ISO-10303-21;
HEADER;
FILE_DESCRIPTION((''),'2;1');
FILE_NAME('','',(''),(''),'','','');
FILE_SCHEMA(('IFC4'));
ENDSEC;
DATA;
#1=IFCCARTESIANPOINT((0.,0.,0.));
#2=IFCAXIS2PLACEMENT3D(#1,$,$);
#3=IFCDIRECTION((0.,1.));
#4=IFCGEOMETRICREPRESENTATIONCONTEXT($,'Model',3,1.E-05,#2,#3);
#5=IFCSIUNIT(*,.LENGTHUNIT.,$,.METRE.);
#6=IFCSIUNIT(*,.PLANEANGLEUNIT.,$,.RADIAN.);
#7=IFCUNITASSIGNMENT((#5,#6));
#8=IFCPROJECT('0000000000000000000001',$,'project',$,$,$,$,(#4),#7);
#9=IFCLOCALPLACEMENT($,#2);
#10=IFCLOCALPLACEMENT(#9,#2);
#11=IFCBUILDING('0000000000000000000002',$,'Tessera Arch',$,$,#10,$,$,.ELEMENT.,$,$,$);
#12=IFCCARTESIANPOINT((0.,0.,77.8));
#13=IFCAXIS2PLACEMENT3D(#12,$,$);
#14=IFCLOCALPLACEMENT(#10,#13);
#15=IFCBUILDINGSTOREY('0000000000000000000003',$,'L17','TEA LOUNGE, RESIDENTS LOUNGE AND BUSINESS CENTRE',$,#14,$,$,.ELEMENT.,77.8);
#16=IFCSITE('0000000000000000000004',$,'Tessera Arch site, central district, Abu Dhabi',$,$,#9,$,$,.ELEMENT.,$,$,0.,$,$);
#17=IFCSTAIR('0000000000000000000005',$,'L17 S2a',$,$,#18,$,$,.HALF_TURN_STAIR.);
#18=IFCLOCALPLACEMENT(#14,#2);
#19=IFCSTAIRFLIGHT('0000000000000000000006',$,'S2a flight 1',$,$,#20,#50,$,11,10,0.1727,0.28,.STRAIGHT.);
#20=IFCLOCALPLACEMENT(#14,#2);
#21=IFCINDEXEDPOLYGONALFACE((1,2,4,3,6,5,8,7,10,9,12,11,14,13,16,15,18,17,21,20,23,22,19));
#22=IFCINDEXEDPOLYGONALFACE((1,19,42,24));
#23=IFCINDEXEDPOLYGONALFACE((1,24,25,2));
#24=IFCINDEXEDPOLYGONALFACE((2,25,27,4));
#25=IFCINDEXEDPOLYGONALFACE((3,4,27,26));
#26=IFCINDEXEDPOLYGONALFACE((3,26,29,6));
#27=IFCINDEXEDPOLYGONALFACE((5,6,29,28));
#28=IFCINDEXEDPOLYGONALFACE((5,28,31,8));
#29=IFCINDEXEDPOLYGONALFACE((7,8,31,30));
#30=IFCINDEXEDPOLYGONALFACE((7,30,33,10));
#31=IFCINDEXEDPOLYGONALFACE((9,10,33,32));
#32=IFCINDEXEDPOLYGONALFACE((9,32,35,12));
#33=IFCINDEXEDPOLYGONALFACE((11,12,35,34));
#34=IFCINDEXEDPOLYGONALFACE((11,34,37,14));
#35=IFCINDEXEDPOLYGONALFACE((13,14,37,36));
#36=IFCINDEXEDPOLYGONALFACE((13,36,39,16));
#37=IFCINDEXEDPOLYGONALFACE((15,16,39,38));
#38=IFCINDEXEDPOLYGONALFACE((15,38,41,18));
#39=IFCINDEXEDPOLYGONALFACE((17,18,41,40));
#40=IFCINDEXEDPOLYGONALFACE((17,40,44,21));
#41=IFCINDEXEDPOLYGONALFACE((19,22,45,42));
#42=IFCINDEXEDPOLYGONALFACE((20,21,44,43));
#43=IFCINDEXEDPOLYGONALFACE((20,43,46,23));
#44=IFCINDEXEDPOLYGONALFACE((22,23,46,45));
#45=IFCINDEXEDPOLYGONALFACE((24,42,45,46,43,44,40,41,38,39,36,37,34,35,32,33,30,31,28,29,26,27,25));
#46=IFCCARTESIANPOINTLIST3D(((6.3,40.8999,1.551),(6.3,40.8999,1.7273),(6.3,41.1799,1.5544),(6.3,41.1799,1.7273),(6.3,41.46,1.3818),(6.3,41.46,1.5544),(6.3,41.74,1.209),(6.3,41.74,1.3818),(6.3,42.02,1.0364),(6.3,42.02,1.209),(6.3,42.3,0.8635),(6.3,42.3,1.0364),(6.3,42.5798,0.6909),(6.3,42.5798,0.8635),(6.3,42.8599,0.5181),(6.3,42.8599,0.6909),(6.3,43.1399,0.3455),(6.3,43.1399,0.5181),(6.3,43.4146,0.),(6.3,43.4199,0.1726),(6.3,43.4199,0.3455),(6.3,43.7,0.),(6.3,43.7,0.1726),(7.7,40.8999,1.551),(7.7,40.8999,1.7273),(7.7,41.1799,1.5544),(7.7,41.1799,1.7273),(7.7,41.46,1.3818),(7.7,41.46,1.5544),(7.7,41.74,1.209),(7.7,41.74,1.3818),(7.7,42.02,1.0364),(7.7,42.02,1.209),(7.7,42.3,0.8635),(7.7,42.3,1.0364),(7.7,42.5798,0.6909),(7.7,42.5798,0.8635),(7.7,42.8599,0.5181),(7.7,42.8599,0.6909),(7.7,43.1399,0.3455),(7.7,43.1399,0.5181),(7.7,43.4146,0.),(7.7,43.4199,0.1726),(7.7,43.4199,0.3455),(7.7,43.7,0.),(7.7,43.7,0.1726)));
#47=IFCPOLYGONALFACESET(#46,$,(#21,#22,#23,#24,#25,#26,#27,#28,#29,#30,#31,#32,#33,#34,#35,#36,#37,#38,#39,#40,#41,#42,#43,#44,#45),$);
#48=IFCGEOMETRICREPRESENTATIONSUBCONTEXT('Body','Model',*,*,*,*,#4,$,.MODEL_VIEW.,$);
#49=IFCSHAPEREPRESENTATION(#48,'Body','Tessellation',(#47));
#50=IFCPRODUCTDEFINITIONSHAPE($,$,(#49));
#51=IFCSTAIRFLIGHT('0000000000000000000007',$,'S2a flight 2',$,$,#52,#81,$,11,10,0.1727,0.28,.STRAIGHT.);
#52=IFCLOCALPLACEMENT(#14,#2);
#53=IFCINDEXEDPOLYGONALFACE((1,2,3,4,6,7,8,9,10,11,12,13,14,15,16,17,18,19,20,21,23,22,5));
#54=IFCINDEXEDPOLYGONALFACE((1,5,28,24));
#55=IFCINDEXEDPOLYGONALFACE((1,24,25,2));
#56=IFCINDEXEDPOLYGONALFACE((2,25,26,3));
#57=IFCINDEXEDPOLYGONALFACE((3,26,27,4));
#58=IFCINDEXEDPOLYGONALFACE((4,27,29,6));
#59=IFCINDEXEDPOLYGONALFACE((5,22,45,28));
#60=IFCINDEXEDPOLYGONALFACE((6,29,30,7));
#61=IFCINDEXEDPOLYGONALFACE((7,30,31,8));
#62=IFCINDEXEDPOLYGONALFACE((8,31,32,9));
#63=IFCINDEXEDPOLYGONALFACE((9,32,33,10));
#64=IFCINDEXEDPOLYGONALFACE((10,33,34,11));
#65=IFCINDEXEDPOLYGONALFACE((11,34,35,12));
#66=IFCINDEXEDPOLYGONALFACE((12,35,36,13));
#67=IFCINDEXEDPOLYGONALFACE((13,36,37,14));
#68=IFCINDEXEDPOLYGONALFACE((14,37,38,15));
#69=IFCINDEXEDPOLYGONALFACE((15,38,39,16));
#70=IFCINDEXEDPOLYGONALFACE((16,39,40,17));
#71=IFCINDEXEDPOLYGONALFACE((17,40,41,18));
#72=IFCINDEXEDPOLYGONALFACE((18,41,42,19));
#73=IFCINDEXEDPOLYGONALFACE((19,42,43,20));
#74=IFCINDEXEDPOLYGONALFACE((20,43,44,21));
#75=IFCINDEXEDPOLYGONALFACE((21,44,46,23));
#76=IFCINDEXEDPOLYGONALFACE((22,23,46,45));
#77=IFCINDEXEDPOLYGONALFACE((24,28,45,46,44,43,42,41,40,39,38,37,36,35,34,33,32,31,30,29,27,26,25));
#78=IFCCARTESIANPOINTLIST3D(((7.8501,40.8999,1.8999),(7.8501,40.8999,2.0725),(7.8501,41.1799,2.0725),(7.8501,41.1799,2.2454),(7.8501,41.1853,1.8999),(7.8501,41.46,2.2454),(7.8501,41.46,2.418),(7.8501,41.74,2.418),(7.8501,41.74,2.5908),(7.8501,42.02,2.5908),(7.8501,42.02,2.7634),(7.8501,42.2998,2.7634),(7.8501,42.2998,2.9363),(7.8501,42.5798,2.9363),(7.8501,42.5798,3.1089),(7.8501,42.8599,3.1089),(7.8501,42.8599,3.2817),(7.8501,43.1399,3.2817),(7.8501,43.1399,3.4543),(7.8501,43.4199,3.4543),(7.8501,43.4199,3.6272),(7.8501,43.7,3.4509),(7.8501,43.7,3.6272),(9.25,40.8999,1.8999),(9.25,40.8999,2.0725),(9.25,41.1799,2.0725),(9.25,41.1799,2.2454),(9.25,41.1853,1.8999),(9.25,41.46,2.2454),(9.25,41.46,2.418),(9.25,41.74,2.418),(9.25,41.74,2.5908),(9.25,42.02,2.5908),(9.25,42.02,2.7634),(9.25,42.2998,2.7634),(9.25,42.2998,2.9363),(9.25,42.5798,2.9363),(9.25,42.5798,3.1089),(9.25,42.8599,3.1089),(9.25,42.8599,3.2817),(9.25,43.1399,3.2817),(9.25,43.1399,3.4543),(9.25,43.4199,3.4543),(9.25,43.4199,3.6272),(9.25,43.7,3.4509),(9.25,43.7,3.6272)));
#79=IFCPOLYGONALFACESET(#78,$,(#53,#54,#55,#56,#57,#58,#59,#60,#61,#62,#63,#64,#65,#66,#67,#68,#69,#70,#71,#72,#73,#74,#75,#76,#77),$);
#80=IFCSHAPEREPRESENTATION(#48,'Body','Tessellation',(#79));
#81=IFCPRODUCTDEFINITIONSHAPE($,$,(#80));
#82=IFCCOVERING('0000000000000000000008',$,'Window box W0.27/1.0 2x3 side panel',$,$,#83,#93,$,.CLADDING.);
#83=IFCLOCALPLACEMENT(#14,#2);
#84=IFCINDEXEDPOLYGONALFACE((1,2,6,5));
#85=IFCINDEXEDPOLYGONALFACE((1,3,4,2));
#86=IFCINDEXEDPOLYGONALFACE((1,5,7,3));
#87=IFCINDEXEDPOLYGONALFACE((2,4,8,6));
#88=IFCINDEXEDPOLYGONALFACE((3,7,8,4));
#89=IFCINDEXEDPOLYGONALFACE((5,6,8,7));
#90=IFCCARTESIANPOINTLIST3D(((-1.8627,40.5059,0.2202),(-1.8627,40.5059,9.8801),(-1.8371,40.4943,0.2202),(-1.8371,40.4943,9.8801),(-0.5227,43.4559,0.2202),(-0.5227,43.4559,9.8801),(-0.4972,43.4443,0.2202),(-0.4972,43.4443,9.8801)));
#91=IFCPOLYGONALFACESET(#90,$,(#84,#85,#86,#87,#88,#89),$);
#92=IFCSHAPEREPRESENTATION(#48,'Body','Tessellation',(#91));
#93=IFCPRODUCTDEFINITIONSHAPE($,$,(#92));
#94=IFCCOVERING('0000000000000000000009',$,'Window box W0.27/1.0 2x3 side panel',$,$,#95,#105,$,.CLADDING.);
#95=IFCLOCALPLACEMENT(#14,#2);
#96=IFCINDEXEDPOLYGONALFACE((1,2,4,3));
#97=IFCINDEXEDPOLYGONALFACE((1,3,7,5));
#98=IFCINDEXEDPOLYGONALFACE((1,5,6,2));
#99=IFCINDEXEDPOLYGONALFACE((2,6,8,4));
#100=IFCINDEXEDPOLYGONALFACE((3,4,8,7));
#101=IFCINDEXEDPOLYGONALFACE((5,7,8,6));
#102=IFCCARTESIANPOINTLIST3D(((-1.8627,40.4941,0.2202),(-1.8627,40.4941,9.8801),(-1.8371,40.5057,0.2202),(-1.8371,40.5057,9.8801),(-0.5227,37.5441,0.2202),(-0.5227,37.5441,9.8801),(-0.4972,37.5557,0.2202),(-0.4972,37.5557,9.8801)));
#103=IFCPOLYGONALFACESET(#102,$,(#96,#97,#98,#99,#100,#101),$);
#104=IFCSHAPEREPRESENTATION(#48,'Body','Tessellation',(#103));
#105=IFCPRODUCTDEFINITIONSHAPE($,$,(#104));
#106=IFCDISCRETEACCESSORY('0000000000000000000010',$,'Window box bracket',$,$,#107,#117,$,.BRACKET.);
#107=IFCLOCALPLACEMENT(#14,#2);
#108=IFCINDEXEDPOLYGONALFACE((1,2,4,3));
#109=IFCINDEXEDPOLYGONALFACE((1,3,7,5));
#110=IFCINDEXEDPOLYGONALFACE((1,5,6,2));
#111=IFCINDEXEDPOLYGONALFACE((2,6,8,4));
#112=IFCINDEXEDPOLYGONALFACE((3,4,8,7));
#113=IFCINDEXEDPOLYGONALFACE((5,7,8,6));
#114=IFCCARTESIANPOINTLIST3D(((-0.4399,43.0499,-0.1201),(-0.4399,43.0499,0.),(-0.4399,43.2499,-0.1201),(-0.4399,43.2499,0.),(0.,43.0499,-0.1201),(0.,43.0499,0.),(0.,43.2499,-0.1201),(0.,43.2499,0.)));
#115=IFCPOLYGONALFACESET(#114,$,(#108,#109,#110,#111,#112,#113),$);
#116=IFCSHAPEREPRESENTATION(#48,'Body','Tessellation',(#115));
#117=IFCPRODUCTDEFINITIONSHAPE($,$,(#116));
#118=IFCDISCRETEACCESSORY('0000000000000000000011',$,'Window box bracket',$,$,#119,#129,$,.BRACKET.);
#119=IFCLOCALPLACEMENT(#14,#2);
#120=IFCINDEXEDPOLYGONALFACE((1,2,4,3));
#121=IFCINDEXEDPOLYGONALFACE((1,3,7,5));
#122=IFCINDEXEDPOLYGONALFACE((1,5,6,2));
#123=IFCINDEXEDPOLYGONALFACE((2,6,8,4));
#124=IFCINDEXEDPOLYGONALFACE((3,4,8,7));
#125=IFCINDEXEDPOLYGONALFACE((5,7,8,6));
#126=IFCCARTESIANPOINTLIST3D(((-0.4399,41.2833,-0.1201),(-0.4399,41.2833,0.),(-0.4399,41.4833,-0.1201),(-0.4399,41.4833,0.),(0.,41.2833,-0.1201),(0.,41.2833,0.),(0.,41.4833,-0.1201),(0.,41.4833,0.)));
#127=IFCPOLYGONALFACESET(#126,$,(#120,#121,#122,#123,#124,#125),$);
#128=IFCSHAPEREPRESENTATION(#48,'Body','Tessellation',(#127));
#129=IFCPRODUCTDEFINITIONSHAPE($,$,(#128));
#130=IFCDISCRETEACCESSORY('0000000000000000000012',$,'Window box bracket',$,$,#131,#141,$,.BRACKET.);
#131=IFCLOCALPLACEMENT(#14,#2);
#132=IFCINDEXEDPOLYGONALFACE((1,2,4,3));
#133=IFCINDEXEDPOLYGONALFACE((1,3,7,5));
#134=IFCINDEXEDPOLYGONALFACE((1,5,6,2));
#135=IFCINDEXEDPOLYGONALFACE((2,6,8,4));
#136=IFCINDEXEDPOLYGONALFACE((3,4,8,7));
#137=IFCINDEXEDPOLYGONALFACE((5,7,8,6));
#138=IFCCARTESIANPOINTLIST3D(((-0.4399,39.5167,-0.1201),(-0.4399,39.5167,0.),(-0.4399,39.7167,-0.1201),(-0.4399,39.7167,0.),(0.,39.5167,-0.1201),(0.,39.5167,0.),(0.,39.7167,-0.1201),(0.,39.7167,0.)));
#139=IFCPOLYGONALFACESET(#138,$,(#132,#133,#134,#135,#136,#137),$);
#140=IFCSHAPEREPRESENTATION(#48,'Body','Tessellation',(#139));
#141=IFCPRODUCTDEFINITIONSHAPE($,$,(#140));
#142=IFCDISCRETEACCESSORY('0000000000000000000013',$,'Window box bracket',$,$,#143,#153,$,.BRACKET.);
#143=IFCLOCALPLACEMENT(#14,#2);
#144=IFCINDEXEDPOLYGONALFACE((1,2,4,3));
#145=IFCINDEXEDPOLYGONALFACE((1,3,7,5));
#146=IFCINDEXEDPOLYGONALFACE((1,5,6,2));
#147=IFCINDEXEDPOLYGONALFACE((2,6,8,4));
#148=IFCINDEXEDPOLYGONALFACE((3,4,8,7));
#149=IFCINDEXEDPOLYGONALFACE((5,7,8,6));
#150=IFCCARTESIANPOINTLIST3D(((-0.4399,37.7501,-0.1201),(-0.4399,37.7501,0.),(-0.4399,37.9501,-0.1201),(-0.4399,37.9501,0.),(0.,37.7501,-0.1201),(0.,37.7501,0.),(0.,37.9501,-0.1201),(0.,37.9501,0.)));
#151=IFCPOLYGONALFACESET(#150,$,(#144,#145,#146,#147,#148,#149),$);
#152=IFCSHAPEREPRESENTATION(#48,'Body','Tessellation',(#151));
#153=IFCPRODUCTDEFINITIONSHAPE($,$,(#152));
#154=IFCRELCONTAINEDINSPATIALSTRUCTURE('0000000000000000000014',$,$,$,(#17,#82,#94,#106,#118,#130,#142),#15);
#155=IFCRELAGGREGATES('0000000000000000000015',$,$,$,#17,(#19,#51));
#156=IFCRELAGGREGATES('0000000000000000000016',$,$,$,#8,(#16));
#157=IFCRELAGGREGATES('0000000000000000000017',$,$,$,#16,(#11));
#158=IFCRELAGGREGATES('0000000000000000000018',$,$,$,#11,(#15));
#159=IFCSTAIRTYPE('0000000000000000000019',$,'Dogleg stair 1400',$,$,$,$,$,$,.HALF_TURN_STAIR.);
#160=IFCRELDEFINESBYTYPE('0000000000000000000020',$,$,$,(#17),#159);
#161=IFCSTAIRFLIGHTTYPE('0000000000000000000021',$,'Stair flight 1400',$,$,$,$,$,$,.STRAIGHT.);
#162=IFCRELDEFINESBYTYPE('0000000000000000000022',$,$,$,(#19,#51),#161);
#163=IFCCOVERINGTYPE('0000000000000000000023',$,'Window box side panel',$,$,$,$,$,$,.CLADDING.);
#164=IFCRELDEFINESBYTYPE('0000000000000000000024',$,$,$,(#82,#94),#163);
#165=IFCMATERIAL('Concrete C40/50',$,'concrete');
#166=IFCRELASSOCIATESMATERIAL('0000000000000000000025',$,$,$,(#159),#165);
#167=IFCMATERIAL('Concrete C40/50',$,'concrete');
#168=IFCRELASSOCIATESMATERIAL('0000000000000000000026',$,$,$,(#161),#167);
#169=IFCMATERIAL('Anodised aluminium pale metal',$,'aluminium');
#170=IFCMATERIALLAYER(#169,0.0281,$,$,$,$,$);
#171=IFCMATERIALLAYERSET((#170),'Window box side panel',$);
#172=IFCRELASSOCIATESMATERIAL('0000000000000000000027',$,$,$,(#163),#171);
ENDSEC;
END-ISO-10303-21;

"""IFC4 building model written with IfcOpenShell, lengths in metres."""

from ifc_helpers import new_model, si_unit, direction, frame, origin, origin_2d, place, context, subcontext, project, spatial, polyline, rectangle, outline, extrude, material, layer, layer_set, type_object, element, aggregate, save


model = new_model("IFC4")

# Units and contexts
model_context = context("Model", 3, precision=1e-05, world=origin(), true_north=direction((0.0, 1.0)))
body_context = subcontext(model_context, "Body", "Model", "MODEL_VIEW")
ifc_project = project(units=[si_unit("LENGTHUNIT", "METRE"), si_unit("PLANEANGLEUNIT", "RADIAN")], contexts=[model_context])

# Site, building, storey
site_placement = place(None, origin())
site = spatial("IfcSite", under=ifc_project, at=site_placement, Name="Tessera Arch site, central district, Abu Dhabi", CompositionType="ELEMENT", RefElevation=0.0)
building_placement = place(site_placement, origin())
building = spatial("IfcBuilding", under=site, at=building_placement, Name="Tessera Arch", CompositionType="ELEMENT")
storey_placement = place(building_placement, frame((0.0, 0.0, 77.8)))
storey = spatial("IfcBuildingStorey", under=building, at=storey_placement, Name="L17", Description="TEA LOUNGE, RESIDENTS LOUNGE AND BUSINESS CENTRE", CompositionType="ELEMENT", Elevation=77.8)

# Stair, stair flights
ifc_material_1 = material(Name="Concrete C40/50", Category="concrete")
stair_type = type_object("IfcStairType", Name="Dogleg stair 1400", PredefinedType="HALF_TURN_STAIR", material=ifc_material_1)
stair_placement = place(storey_placement, origin())
stair = element("IfcStair", 1, at=stair_placement, inside=storey, type_object=stair_type, Name="L17 S2a", PredefinedType="HALF_TURN_STAIR")
ifc_material_2 = material(Name="Concrete C40/50", Category="concrete")
stair_flight_type = type_object("IfcStairFlightType", Name="Stair flight 1400", PredefinedType="STRAIGHT", material=ifc_material_2)
stair_flight_1_placement = place(storey_placement, frame((7.0, 43.7, 0.0), z_axis=(0.0, 0.0, 1.0), x_axis=(0.0, -1.0, 0.0)))
stair_flight_1 = element("IfcStairFlight", 2, at=stair_flight_1_placement, type_object=stair_flight_type, Name="S2a flight 1", NumberOfRisers=11, NumberOfTreads=10, PredefinedType="STRAIGHT", RiserHeight=0.1727, TreadLength=0.28, context=body_context, shape_type="SweptSolid", body=[
    extrude(outline(polyline([(0.0, 0.0), (0.0, 0.1726), (0.28, 0.1726), (0.28, 0.3455), (0.5601, 0.3455), (0.5601, 0.5181), (0.8401, 0.5181), (0.8401, 0.6909), (1.1201, 0.6909), (1.1201, 0.8635), (1.3999, 0.8635), (1.3999, 1.0364), (1.6799, 1.0364), (1.6799, 1.209), (1.96, 1.209), (1.96, 1.3818), (2.24, 1.3818), (2.24, 1.5544), (2.52, 1.5544), (2.52, 1.7273), (2.8, 1.7273), (2.8, 1.8999), (2.8, 1.551), (0.2854, 0.0), (0.0, 0.0)])), frame((0.0, 0.7, 0.0), z_axis=(0.0, -1.0, 0.0), x_axis=(1.0, 0.0, 0.0)), (0.0, 0.0, 1.0), 1.3999),
])
stair_flight_2_placement = place(storey_placement, frame((8.55, 40.8999, 1.8999), z_axis=(0.0, 0.0, 1.0), x_axis=(0.0, 1.0, 0.0)))
stair_flight_2 = element("IfcStairFlight", 3, at=stair_flight_2_placement, type_object=stair_flight_type, Name="S2a flight 2", NumberOfRisers=11, NumberOfTreads=10, PredefinedType="STRAIGHT", RiserHeight=0.1727, TreadLength=0.28, context=body_context, shape_type="SweptSolid", body=[
    extrude(outline(polyline([(0.0, 0.0), (0.0, 0.1726), (0.28, 0.1726), (0.28, 0.3455), (0.5601, 0.3455), (0.5601, 0.5181), (0.8401, 0.5181), (0.8401, 0.6909), (1.1201, 0.6909), (1.1201, 0.8635), (1.3999, 0.8635), (1.3999, 1.0364), (1.6799, 1.0364), (1.6799, 1.209), (1.96, 1.209), (1.96, 1.3818), (2.24, 1.3818), (2.24, 1.5544), (2.52, 1.5544), (2.52, 1.7273), (2.8, 1.7273), (2.8, 1.8999), (2.8, 1.551), (0.2854, 0.0), (0.0, 0.0)])), frame((0.0, 0.7, 0.0), z_axis=(0.0, -1.0, 0.0), x_axis=(1.0, 0.0, 0.0)), (0.0, 0.0, 1.0), 1.3999),
])
aggregate(stair, [stair_flight_1, stair_flight_2])

# Coverings
ifc_material_3 = material(Name="Anodised aluminium pale metal", Category="aluminium")
ifc_layer_1 = layer(ifc_material_3, 0.0281)
ifc_layer_set_1 = layer_set([ifc_layer_1], Name="Window box side panel")
covering_type = type_object("IfcCoveringType", Name="Window box side panel", PredefinedType="CLADDING", material=ifc_layer_set_1)
for number, where, z_axis, x_axis, name in (
    (4, (-1.1799, 41.9751, 0.2202), (0.0, 0.0, 1.0), (-0.41357, -0.910472, 0.0), "Window box W0.27/1.0 2x3 side panel"),
    (5, (-1.1799, 39.0249, 0.2202), (0.0, 0.0, 1.0), (-0.41357, 0.910472, 0.0), "Window box W0.27/1.0 2x3 side panel"),
):
    element("IfcCovering", number, at=place(storey_placement, frame(where, z_axis=z_axis, x_axis=x_axis)), inside=storey, type_object=covering_type, Name=name, PredefinedType="CLADDING", context=body_context, shape_type="SweptSolid", body=[
        extrude(rectangle(XDim=3.24, YDim=0.0281, at=origin_2d()), origin(), (0.0, 0.0, 1.0), 9.6599),
    ])

# Discrete accessories
for number, where, z_axis, x_axis, name in (
    (6, (-0.22, 43.1499, -0.1201), (0.0, 0.0, 1.0), (-1.0, 0.0, 0.0), "Window box bracket"),
    (7, (-0.22, 41.3833, -0.1201), (0.0, 0.0, 1.0), (-1.0, 0.0, 0.0), "Window box bracket"),
    (8, (-0.22, 39.6167, -0.1201), (0.0, 0.0, 1.0), (-1.0, 0.0, 0.0), "Window box bracket"),
    (9, (-0.22, 37.8501, -0.1201), (0.0, 0.0, 1.0), (-1.0, 0.0, 0.0), "Window box bracket"),
):
    element("IfcDiscreteAccessory", number, at=place(storey_placement, frame(where, z_axis=z_axis, x_axis=x_axis)), inside=storey, Name=name, PredefinedType="BRACKET", context=body_context, shape_type="SweptSolid", body=[
        extrude(rectangle(XDim=0.4399, YDim=0.2, at=origin_2d()), origin(), (0.0, 0.0, 1.0), 0.1201),
    ])

save(model, "model.ifc")
